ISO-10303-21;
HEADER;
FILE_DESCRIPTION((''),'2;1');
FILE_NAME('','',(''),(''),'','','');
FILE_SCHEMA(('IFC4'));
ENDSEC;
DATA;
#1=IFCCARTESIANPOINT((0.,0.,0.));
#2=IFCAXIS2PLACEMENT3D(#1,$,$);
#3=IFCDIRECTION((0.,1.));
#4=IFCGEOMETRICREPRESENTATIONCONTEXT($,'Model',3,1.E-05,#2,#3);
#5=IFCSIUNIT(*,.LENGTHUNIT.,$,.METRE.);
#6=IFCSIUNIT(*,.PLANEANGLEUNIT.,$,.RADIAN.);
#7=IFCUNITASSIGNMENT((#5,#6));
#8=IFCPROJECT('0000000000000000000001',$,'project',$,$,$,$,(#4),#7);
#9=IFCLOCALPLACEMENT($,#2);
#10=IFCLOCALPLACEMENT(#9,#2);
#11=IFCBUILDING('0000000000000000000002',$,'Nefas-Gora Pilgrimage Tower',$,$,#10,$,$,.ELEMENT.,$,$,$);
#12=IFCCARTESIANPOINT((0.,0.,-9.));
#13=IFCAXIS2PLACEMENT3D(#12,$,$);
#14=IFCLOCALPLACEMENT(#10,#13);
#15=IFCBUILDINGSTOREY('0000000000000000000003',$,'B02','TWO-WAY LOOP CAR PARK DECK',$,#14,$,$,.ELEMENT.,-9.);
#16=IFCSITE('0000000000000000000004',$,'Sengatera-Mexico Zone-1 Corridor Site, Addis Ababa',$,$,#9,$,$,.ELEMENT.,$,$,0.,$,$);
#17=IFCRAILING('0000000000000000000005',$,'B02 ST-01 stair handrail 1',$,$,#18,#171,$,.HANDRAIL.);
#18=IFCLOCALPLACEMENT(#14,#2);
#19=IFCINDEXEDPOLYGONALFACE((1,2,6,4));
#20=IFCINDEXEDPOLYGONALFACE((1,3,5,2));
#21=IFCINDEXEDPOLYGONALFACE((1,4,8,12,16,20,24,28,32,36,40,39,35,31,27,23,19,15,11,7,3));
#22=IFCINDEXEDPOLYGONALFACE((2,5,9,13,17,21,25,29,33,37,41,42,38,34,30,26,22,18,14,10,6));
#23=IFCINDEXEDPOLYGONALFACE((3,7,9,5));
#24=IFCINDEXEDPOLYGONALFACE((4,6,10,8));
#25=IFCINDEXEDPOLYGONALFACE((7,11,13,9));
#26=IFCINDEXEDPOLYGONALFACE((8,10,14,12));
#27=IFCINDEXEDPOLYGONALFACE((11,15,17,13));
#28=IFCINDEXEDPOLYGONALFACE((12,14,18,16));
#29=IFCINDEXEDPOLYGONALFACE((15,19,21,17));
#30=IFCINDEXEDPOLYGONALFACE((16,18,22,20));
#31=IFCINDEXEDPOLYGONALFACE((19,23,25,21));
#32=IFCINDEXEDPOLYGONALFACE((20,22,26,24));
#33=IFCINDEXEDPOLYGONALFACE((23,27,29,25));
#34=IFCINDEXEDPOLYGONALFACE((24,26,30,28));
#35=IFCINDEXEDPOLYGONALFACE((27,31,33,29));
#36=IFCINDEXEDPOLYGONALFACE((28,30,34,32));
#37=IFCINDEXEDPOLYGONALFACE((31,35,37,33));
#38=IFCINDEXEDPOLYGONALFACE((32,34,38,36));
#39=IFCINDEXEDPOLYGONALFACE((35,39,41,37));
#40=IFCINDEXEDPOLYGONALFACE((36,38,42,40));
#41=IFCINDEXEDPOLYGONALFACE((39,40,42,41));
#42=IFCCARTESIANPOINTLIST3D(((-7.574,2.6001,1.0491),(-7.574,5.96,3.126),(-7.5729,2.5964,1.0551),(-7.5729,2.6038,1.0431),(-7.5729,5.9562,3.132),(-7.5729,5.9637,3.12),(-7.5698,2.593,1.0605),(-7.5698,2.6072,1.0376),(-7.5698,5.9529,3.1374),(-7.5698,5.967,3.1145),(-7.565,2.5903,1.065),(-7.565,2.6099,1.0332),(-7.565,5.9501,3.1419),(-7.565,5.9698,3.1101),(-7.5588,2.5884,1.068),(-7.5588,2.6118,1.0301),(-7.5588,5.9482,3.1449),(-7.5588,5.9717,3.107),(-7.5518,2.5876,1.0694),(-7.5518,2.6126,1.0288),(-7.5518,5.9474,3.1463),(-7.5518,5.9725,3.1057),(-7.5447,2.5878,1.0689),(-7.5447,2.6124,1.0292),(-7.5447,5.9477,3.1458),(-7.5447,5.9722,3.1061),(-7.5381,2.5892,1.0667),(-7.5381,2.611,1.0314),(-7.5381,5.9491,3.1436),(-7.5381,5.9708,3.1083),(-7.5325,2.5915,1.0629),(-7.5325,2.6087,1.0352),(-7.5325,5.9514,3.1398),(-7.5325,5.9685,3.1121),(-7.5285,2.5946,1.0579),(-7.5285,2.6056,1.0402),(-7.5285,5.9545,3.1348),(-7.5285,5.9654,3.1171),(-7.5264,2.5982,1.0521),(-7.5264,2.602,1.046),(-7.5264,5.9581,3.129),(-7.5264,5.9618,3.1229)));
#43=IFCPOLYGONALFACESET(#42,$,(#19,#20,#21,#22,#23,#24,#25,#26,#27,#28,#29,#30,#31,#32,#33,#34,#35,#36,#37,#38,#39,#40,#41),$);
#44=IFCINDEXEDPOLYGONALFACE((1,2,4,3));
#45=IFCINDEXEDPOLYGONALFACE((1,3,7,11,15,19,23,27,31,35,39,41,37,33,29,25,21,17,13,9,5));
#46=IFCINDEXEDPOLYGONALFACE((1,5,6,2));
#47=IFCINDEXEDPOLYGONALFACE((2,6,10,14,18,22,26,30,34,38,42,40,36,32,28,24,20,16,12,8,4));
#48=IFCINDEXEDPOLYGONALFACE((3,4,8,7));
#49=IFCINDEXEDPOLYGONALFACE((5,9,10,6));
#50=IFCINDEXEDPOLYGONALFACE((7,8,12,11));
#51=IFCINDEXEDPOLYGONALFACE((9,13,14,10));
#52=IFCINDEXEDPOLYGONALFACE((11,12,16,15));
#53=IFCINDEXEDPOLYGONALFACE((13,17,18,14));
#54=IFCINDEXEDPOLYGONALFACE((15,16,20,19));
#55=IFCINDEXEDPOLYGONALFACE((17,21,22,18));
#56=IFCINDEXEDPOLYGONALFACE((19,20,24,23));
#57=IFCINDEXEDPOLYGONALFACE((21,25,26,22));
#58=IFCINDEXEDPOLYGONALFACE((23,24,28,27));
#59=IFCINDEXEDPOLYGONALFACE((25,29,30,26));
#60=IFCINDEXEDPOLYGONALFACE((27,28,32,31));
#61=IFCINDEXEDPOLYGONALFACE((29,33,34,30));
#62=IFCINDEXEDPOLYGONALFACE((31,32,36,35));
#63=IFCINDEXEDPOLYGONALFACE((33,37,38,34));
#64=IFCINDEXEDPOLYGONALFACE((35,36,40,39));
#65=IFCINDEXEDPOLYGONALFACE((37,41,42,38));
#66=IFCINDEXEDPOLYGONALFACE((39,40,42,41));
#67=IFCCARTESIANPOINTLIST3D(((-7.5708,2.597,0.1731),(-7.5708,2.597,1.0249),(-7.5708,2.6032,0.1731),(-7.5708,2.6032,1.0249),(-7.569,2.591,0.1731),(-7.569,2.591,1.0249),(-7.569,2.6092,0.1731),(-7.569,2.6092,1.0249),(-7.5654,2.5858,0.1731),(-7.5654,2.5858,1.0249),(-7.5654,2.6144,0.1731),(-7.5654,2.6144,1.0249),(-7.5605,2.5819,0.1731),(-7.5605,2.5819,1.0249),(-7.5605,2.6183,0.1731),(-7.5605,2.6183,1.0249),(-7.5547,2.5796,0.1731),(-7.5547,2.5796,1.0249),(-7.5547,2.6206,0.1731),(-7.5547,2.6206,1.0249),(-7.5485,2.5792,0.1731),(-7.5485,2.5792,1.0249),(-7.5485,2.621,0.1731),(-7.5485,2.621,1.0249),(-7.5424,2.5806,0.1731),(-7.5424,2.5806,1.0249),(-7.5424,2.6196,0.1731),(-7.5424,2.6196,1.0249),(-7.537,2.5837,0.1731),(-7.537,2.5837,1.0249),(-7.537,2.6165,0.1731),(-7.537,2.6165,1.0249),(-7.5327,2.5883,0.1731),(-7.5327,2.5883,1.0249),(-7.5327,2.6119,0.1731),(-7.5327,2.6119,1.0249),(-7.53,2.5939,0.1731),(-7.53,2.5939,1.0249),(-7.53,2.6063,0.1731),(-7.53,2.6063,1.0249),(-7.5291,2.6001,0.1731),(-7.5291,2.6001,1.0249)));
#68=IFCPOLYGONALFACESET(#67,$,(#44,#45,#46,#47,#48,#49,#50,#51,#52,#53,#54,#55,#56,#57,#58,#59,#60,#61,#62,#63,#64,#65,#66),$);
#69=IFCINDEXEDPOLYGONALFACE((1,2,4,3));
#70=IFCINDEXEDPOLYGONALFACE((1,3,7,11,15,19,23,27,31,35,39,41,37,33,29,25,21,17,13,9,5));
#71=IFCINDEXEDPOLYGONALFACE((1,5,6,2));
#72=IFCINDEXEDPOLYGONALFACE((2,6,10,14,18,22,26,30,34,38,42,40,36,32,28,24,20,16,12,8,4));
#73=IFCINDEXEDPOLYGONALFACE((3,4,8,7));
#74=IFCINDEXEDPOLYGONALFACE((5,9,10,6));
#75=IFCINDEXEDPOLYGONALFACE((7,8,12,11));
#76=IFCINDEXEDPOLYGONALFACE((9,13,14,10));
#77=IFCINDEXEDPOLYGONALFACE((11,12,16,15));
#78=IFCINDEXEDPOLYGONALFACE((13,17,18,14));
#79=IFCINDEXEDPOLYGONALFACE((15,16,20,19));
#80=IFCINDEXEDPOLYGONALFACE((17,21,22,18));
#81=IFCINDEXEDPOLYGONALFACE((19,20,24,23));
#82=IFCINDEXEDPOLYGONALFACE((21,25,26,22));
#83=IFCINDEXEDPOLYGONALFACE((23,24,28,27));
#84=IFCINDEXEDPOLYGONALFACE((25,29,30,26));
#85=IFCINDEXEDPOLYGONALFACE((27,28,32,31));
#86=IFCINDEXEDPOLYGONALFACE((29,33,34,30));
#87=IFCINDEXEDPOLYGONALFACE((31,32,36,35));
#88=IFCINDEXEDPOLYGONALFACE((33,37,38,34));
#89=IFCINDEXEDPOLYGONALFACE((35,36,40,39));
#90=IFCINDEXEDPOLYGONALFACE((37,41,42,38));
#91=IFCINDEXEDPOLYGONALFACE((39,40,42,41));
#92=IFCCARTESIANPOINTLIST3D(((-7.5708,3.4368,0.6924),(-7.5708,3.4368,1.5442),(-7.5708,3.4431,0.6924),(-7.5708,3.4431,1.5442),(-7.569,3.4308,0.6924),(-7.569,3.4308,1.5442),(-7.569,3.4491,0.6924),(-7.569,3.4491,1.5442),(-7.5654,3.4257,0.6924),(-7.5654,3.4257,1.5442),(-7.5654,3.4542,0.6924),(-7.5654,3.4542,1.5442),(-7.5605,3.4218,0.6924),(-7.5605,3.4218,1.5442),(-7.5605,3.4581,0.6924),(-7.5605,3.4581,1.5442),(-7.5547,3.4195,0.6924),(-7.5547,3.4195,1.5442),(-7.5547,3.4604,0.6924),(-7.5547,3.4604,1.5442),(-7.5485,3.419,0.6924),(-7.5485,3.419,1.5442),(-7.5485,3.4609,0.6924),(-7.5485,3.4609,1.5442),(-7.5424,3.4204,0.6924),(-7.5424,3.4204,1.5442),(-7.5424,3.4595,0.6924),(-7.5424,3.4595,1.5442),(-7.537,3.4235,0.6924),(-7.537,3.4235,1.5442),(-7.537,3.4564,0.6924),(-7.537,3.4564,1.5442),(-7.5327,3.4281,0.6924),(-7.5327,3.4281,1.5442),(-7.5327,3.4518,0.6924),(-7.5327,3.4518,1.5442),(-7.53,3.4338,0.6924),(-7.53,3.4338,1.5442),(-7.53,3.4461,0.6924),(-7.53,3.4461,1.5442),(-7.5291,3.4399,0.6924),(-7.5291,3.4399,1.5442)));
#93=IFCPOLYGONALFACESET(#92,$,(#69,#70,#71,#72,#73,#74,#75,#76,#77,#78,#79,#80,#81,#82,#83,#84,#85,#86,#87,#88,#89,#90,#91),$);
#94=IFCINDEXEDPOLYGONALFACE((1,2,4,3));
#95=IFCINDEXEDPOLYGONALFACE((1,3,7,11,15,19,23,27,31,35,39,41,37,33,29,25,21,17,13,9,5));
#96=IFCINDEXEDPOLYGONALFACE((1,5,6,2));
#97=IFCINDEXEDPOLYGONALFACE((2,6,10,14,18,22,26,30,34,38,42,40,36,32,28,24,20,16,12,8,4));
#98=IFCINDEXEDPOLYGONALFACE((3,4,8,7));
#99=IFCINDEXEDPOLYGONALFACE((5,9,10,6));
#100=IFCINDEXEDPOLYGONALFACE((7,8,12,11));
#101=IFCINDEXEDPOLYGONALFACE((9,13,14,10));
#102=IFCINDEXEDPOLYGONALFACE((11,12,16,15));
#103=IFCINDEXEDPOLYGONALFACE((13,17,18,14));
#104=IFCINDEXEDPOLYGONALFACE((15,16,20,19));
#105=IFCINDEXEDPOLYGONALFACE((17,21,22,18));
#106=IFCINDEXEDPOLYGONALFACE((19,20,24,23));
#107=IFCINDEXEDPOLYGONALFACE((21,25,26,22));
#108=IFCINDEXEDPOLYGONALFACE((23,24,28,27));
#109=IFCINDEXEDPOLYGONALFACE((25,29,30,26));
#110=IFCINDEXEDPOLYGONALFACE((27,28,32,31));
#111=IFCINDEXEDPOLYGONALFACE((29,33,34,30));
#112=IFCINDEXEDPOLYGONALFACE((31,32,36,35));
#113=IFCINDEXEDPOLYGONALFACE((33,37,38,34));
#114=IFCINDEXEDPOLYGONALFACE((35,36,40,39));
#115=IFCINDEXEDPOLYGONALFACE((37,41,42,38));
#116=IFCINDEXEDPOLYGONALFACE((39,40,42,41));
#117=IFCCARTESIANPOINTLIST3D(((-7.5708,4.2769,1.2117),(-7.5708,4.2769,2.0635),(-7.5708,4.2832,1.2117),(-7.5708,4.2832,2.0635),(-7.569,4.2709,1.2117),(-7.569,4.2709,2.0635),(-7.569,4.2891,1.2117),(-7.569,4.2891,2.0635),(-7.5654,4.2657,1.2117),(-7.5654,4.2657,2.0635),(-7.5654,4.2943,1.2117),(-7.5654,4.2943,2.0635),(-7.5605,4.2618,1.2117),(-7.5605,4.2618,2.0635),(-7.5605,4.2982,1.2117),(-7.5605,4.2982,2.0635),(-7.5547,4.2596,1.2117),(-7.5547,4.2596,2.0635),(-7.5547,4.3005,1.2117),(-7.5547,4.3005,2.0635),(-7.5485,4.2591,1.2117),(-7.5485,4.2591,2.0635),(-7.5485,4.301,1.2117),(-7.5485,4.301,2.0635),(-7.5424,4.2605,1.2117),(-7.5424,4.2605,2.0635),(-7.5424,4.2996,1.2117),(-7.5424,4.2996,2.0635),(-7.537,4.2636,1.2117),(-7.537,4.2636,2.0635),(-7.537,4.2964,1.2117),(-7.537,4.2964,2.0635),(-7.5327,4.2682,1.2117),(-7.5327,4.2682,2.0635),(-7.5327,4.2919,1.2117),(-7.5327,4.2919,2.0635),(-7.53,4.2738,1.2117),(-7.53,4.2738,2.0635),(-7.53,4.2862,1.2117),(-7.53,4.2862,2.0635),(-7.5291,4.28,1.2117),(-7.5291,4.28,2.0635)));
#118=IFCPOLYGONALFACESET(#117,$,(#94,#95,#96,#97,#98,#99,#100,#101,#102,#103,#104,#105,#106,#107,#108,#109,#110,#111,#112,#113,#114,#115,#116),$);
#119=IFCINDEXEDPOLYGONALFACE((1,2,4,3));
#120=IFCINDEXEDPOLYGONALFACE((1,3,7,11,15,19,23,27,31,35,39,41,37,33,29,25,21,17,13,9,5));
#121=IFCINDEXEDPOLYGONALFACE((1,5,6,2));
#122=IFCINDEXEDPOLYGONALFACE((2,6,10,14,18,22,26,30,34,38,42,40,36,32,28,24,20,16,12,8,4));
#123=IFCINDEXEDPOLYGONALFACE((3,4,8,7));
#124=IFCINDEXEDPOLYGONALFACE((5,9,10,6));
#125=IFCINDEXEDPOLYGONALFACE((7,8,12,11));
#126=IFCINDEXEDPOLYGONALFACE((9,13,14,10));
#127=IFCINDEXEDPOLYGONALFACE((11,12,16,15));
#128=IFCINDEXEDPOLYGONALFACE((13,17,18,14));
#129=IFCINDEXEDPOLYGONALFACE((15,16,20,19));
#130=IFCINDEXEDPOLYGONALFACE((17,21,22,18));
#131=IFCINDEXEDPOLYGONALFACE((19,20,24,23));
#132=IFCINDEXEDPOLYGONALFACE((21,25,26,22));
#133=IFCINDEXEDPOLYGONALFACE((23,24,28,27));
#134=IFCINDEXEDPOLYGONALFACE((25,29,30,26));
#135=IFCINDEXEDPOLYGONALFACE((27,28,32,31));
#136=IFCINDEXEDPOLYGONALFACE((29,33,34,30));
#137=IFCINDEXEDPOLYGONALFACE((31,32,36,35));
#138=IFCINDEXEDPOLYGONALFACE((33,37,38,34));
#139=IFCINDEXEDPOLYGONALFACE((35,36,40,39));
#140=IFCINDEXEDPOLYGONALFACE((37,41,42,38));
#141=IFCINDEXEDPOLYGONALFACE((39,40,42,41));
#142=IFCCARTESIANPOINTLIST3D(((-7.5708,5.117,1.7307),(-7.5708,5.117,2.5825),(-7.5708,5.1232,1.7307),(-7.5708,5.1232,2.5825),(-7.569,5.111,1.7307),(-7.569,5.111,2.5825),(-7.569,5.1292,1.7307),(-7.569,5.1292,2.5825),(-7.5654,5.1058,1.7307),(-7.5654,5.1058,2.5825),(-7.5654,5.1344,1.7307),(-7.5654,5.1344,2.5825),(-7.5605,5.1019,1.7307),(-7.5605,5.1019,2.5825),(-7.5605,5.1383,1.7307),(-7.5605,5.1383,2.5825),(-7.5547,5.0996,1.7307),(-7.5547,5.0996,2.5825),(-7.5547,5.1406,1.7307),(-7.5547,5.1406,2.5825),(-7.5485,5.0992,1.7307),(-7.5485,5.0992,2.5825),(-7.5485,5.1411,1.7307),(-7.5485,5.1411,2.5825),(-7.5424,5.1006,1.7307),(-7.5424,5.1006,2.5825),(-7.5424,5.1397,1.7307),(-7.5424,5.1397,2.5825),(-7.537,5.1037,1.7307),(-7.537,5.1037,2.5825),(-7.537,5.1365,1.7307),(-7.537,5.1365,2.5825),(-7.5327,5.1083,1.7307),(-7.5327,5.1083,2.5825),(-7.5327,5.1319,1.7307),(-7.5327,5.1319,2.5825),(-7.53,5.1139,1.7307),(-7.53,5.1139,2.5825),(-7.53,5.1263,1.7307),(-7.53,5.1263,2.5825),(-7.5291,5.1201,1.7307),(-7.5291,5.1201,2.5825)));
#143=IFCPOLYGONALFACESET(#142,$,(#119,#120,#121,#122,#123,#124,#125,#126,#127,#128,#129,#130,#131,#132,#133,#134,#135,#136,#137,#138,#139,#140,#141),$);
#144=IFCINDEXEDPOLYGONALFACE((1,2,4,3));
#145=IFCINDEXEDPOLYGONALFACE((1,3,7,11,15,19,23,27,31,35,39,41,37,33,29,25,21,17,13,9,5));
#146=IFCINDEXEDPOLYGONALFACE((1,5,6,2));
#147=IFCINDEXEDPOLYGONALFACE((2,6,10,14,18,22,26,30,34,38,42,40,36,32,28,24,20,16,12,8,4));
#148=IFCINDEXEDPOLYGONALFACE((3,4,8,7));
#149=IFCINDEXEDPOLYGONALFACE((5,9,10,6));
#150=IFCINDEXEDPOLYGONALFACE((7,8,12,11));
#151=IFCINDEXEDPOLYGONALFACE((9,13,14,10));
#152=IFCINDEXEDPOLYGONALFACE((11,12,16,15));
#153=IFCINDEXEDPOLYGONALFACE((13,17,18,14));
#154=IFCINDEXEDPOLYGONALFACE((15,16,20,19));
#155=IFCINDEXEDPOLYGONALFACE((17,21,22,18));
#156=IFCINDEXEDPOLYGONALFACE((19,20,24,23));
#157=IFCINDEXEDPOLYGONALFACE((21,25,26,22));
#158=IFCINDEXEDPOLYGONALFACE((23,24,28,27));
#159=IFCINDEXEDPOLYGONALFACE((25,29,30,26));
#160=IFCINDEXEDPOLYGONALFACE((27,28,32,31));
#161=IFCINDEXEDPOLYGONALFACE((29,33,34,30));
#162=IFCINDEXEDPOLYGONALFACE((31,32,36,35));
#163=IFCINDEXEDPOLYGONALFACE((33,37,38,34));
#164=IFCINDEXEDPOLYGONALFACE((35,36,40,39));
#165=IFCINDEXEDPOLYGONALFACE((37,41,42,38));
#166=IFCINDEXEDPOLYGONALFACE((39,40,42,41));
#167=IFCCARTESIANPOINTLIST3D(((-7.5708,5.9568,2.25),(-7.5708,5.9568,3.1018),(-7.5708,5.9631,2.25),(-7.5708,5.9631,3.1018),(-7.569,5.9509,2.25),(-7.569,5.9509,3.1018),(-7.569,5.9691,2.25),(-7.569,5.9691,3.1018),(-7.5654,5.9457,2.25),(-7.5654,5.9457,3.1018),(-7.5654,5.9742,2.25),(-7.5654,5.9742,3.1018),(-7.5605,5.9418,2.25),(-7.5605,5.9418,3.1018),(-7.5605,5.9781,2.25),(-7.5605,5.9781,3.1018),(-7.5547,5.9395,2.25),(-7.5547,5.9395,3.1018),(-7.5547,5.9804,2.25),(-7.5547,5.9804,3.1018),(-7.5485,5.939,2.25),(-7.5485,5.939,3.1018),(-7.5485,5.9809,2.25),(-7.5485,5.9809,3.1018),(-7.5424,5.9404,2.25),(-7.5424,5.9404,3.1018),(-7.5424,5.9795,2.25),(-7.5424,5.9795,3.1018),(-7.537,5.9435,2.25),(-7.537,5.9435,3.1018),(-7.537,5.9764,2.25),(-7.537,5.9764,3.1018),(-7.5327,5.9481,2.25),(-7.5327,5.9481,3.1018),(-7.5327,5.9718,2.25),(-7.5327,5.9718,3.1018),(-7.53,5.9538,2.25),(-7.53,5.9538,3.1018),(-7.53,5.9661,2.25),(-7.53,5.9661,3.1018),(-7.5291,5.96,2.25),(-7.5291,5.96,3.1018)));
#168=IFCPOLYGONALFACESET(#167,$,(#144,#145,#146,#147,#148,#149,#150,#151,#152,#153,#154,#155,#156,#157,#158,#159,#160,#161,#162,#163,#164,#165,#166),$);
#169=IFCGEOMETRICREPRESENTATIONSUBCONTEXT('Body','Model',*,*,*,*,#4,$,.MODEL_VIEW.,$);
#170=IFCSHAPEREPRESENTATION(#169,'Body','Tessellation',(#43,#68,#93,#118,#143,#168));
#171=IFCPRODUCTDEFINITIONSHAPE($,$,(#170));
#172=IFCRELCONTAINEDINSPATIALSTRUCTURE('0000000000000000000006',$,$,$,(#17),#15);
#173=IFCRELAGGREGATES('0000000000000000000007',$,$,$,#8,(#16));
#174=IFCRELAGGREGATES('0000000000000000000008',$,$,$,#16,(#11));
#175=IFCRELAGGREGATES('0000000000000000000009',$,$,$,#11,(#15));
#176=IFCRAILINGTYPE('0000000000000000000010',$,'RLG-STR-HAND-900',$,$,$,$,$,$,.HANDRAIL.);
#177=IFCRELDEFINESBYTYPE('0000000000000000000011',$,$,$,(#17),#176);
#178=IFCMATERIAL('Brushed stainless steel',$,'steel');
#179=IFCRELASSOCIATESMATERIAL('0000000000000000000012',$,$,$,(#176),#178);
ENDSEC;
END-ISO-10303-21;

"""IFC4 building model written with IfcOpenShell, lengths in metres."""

from ifc_helpers import new_model, si_unit, direction, frame, origin, origin_2d, place, context, subcontext, project, spatial, circle, extrude, material, type_object, element, save


model = new_model("IFC4")

# Units and contexts
model_context = context("Model", 3, precision=1e-05, world=origin(), true_north=direction((0.0, 1.0)))
body_context = subcontext(model_context, "Body", "Model", "MODEL_VIEW")
ifc_project = project(units=[si_unit("LENGTHUNIT", "METRE"), si_unit("PLANEANGLEUNIT", "RADIAN")], contexts=[model_context])

# Site, building, storey
site_placement = place(None, origin())
site = spatial("IfcSite", under=ifc_project, at=site_placement, Name="Sengatera-Mexico Zone-1 Corridor Site, Addis Ababa", CompositionType="ELEMENT", RefElevation=0.0)
building_placement = place(site_placement, origin())
building = spatial("IfcBuilding", under=site, at=building_placement, Name="Nefas-Gora Pilgrimage Tower", CompositionType="ELEMENT")
storey_placement = place(building_placement, frame((0.0, 0.0, -9.0)))
storey = spatial("IfcBuildingStorey", under=building, at=storey_placement, Name="B02", Description="TWO-WAY LOOP CAR PARK DECK", CompositionType="ELEMENT", Elevation=-9.0)

# Railing
ifc_material_1 = material(Name="Brushed stainless steel", Category="steel")
railing_type_1 = type_object("IfcRailingType", Name="RLG-STR-HAND-900", PredefinedType="HANDRAIL", material=ifc_material_1)
railing_1_placement = place(storey_placement, frame((-7.55, 2.6001, 0.1731)))
element("IfcRailing", 1, at=railing_1_placement, inside=storey, type_object=railing_type_1, Name="B02 ST-01 stair handrail 1", PredefinedType="HANDRAIL", context=body_context, shape_type="SweptSolid", body=[
    extrude(circle(Radius=0.0239, at=origin_2d()), frame((0.0, 0.0, 0.876), z_axis=(0.0, 0.850606, 0.525803), x_axis=(-1.0, 0.0, 0.0)), (0.0, 0.0, 1.0), 3.95),
    extrude(circle(Radius=0.021, at=origin_2d()), origin(), (0.0, 0.0, 1.0), 0.8518),
    extrude(circle(Radius=0.021, at=origin_2d()), frame((0.0, 0.8398, 0.5193)), (0.0, 0.0, 1.0), 0.8518),
    extrude(circle(Radius=0.021, at=origin_2d()), frame((0.0, 1.6799, 1.0386)), (0.0, 0.0, 1.0), 0.8518),
    extrude(circle(Radius=0.021, at=origin_2d()), frame((0.0, 2.52, 1.5576)), (0.0, 0.0, 1.0), 0.8518),
    extrude(circle(Radius=0.021, at=origin_2d()), frame((0.0, 3.3599, 2.0769)), (0.0, 0.0, 1.0), 0.8518),
])

save(model, "model.ifc")
